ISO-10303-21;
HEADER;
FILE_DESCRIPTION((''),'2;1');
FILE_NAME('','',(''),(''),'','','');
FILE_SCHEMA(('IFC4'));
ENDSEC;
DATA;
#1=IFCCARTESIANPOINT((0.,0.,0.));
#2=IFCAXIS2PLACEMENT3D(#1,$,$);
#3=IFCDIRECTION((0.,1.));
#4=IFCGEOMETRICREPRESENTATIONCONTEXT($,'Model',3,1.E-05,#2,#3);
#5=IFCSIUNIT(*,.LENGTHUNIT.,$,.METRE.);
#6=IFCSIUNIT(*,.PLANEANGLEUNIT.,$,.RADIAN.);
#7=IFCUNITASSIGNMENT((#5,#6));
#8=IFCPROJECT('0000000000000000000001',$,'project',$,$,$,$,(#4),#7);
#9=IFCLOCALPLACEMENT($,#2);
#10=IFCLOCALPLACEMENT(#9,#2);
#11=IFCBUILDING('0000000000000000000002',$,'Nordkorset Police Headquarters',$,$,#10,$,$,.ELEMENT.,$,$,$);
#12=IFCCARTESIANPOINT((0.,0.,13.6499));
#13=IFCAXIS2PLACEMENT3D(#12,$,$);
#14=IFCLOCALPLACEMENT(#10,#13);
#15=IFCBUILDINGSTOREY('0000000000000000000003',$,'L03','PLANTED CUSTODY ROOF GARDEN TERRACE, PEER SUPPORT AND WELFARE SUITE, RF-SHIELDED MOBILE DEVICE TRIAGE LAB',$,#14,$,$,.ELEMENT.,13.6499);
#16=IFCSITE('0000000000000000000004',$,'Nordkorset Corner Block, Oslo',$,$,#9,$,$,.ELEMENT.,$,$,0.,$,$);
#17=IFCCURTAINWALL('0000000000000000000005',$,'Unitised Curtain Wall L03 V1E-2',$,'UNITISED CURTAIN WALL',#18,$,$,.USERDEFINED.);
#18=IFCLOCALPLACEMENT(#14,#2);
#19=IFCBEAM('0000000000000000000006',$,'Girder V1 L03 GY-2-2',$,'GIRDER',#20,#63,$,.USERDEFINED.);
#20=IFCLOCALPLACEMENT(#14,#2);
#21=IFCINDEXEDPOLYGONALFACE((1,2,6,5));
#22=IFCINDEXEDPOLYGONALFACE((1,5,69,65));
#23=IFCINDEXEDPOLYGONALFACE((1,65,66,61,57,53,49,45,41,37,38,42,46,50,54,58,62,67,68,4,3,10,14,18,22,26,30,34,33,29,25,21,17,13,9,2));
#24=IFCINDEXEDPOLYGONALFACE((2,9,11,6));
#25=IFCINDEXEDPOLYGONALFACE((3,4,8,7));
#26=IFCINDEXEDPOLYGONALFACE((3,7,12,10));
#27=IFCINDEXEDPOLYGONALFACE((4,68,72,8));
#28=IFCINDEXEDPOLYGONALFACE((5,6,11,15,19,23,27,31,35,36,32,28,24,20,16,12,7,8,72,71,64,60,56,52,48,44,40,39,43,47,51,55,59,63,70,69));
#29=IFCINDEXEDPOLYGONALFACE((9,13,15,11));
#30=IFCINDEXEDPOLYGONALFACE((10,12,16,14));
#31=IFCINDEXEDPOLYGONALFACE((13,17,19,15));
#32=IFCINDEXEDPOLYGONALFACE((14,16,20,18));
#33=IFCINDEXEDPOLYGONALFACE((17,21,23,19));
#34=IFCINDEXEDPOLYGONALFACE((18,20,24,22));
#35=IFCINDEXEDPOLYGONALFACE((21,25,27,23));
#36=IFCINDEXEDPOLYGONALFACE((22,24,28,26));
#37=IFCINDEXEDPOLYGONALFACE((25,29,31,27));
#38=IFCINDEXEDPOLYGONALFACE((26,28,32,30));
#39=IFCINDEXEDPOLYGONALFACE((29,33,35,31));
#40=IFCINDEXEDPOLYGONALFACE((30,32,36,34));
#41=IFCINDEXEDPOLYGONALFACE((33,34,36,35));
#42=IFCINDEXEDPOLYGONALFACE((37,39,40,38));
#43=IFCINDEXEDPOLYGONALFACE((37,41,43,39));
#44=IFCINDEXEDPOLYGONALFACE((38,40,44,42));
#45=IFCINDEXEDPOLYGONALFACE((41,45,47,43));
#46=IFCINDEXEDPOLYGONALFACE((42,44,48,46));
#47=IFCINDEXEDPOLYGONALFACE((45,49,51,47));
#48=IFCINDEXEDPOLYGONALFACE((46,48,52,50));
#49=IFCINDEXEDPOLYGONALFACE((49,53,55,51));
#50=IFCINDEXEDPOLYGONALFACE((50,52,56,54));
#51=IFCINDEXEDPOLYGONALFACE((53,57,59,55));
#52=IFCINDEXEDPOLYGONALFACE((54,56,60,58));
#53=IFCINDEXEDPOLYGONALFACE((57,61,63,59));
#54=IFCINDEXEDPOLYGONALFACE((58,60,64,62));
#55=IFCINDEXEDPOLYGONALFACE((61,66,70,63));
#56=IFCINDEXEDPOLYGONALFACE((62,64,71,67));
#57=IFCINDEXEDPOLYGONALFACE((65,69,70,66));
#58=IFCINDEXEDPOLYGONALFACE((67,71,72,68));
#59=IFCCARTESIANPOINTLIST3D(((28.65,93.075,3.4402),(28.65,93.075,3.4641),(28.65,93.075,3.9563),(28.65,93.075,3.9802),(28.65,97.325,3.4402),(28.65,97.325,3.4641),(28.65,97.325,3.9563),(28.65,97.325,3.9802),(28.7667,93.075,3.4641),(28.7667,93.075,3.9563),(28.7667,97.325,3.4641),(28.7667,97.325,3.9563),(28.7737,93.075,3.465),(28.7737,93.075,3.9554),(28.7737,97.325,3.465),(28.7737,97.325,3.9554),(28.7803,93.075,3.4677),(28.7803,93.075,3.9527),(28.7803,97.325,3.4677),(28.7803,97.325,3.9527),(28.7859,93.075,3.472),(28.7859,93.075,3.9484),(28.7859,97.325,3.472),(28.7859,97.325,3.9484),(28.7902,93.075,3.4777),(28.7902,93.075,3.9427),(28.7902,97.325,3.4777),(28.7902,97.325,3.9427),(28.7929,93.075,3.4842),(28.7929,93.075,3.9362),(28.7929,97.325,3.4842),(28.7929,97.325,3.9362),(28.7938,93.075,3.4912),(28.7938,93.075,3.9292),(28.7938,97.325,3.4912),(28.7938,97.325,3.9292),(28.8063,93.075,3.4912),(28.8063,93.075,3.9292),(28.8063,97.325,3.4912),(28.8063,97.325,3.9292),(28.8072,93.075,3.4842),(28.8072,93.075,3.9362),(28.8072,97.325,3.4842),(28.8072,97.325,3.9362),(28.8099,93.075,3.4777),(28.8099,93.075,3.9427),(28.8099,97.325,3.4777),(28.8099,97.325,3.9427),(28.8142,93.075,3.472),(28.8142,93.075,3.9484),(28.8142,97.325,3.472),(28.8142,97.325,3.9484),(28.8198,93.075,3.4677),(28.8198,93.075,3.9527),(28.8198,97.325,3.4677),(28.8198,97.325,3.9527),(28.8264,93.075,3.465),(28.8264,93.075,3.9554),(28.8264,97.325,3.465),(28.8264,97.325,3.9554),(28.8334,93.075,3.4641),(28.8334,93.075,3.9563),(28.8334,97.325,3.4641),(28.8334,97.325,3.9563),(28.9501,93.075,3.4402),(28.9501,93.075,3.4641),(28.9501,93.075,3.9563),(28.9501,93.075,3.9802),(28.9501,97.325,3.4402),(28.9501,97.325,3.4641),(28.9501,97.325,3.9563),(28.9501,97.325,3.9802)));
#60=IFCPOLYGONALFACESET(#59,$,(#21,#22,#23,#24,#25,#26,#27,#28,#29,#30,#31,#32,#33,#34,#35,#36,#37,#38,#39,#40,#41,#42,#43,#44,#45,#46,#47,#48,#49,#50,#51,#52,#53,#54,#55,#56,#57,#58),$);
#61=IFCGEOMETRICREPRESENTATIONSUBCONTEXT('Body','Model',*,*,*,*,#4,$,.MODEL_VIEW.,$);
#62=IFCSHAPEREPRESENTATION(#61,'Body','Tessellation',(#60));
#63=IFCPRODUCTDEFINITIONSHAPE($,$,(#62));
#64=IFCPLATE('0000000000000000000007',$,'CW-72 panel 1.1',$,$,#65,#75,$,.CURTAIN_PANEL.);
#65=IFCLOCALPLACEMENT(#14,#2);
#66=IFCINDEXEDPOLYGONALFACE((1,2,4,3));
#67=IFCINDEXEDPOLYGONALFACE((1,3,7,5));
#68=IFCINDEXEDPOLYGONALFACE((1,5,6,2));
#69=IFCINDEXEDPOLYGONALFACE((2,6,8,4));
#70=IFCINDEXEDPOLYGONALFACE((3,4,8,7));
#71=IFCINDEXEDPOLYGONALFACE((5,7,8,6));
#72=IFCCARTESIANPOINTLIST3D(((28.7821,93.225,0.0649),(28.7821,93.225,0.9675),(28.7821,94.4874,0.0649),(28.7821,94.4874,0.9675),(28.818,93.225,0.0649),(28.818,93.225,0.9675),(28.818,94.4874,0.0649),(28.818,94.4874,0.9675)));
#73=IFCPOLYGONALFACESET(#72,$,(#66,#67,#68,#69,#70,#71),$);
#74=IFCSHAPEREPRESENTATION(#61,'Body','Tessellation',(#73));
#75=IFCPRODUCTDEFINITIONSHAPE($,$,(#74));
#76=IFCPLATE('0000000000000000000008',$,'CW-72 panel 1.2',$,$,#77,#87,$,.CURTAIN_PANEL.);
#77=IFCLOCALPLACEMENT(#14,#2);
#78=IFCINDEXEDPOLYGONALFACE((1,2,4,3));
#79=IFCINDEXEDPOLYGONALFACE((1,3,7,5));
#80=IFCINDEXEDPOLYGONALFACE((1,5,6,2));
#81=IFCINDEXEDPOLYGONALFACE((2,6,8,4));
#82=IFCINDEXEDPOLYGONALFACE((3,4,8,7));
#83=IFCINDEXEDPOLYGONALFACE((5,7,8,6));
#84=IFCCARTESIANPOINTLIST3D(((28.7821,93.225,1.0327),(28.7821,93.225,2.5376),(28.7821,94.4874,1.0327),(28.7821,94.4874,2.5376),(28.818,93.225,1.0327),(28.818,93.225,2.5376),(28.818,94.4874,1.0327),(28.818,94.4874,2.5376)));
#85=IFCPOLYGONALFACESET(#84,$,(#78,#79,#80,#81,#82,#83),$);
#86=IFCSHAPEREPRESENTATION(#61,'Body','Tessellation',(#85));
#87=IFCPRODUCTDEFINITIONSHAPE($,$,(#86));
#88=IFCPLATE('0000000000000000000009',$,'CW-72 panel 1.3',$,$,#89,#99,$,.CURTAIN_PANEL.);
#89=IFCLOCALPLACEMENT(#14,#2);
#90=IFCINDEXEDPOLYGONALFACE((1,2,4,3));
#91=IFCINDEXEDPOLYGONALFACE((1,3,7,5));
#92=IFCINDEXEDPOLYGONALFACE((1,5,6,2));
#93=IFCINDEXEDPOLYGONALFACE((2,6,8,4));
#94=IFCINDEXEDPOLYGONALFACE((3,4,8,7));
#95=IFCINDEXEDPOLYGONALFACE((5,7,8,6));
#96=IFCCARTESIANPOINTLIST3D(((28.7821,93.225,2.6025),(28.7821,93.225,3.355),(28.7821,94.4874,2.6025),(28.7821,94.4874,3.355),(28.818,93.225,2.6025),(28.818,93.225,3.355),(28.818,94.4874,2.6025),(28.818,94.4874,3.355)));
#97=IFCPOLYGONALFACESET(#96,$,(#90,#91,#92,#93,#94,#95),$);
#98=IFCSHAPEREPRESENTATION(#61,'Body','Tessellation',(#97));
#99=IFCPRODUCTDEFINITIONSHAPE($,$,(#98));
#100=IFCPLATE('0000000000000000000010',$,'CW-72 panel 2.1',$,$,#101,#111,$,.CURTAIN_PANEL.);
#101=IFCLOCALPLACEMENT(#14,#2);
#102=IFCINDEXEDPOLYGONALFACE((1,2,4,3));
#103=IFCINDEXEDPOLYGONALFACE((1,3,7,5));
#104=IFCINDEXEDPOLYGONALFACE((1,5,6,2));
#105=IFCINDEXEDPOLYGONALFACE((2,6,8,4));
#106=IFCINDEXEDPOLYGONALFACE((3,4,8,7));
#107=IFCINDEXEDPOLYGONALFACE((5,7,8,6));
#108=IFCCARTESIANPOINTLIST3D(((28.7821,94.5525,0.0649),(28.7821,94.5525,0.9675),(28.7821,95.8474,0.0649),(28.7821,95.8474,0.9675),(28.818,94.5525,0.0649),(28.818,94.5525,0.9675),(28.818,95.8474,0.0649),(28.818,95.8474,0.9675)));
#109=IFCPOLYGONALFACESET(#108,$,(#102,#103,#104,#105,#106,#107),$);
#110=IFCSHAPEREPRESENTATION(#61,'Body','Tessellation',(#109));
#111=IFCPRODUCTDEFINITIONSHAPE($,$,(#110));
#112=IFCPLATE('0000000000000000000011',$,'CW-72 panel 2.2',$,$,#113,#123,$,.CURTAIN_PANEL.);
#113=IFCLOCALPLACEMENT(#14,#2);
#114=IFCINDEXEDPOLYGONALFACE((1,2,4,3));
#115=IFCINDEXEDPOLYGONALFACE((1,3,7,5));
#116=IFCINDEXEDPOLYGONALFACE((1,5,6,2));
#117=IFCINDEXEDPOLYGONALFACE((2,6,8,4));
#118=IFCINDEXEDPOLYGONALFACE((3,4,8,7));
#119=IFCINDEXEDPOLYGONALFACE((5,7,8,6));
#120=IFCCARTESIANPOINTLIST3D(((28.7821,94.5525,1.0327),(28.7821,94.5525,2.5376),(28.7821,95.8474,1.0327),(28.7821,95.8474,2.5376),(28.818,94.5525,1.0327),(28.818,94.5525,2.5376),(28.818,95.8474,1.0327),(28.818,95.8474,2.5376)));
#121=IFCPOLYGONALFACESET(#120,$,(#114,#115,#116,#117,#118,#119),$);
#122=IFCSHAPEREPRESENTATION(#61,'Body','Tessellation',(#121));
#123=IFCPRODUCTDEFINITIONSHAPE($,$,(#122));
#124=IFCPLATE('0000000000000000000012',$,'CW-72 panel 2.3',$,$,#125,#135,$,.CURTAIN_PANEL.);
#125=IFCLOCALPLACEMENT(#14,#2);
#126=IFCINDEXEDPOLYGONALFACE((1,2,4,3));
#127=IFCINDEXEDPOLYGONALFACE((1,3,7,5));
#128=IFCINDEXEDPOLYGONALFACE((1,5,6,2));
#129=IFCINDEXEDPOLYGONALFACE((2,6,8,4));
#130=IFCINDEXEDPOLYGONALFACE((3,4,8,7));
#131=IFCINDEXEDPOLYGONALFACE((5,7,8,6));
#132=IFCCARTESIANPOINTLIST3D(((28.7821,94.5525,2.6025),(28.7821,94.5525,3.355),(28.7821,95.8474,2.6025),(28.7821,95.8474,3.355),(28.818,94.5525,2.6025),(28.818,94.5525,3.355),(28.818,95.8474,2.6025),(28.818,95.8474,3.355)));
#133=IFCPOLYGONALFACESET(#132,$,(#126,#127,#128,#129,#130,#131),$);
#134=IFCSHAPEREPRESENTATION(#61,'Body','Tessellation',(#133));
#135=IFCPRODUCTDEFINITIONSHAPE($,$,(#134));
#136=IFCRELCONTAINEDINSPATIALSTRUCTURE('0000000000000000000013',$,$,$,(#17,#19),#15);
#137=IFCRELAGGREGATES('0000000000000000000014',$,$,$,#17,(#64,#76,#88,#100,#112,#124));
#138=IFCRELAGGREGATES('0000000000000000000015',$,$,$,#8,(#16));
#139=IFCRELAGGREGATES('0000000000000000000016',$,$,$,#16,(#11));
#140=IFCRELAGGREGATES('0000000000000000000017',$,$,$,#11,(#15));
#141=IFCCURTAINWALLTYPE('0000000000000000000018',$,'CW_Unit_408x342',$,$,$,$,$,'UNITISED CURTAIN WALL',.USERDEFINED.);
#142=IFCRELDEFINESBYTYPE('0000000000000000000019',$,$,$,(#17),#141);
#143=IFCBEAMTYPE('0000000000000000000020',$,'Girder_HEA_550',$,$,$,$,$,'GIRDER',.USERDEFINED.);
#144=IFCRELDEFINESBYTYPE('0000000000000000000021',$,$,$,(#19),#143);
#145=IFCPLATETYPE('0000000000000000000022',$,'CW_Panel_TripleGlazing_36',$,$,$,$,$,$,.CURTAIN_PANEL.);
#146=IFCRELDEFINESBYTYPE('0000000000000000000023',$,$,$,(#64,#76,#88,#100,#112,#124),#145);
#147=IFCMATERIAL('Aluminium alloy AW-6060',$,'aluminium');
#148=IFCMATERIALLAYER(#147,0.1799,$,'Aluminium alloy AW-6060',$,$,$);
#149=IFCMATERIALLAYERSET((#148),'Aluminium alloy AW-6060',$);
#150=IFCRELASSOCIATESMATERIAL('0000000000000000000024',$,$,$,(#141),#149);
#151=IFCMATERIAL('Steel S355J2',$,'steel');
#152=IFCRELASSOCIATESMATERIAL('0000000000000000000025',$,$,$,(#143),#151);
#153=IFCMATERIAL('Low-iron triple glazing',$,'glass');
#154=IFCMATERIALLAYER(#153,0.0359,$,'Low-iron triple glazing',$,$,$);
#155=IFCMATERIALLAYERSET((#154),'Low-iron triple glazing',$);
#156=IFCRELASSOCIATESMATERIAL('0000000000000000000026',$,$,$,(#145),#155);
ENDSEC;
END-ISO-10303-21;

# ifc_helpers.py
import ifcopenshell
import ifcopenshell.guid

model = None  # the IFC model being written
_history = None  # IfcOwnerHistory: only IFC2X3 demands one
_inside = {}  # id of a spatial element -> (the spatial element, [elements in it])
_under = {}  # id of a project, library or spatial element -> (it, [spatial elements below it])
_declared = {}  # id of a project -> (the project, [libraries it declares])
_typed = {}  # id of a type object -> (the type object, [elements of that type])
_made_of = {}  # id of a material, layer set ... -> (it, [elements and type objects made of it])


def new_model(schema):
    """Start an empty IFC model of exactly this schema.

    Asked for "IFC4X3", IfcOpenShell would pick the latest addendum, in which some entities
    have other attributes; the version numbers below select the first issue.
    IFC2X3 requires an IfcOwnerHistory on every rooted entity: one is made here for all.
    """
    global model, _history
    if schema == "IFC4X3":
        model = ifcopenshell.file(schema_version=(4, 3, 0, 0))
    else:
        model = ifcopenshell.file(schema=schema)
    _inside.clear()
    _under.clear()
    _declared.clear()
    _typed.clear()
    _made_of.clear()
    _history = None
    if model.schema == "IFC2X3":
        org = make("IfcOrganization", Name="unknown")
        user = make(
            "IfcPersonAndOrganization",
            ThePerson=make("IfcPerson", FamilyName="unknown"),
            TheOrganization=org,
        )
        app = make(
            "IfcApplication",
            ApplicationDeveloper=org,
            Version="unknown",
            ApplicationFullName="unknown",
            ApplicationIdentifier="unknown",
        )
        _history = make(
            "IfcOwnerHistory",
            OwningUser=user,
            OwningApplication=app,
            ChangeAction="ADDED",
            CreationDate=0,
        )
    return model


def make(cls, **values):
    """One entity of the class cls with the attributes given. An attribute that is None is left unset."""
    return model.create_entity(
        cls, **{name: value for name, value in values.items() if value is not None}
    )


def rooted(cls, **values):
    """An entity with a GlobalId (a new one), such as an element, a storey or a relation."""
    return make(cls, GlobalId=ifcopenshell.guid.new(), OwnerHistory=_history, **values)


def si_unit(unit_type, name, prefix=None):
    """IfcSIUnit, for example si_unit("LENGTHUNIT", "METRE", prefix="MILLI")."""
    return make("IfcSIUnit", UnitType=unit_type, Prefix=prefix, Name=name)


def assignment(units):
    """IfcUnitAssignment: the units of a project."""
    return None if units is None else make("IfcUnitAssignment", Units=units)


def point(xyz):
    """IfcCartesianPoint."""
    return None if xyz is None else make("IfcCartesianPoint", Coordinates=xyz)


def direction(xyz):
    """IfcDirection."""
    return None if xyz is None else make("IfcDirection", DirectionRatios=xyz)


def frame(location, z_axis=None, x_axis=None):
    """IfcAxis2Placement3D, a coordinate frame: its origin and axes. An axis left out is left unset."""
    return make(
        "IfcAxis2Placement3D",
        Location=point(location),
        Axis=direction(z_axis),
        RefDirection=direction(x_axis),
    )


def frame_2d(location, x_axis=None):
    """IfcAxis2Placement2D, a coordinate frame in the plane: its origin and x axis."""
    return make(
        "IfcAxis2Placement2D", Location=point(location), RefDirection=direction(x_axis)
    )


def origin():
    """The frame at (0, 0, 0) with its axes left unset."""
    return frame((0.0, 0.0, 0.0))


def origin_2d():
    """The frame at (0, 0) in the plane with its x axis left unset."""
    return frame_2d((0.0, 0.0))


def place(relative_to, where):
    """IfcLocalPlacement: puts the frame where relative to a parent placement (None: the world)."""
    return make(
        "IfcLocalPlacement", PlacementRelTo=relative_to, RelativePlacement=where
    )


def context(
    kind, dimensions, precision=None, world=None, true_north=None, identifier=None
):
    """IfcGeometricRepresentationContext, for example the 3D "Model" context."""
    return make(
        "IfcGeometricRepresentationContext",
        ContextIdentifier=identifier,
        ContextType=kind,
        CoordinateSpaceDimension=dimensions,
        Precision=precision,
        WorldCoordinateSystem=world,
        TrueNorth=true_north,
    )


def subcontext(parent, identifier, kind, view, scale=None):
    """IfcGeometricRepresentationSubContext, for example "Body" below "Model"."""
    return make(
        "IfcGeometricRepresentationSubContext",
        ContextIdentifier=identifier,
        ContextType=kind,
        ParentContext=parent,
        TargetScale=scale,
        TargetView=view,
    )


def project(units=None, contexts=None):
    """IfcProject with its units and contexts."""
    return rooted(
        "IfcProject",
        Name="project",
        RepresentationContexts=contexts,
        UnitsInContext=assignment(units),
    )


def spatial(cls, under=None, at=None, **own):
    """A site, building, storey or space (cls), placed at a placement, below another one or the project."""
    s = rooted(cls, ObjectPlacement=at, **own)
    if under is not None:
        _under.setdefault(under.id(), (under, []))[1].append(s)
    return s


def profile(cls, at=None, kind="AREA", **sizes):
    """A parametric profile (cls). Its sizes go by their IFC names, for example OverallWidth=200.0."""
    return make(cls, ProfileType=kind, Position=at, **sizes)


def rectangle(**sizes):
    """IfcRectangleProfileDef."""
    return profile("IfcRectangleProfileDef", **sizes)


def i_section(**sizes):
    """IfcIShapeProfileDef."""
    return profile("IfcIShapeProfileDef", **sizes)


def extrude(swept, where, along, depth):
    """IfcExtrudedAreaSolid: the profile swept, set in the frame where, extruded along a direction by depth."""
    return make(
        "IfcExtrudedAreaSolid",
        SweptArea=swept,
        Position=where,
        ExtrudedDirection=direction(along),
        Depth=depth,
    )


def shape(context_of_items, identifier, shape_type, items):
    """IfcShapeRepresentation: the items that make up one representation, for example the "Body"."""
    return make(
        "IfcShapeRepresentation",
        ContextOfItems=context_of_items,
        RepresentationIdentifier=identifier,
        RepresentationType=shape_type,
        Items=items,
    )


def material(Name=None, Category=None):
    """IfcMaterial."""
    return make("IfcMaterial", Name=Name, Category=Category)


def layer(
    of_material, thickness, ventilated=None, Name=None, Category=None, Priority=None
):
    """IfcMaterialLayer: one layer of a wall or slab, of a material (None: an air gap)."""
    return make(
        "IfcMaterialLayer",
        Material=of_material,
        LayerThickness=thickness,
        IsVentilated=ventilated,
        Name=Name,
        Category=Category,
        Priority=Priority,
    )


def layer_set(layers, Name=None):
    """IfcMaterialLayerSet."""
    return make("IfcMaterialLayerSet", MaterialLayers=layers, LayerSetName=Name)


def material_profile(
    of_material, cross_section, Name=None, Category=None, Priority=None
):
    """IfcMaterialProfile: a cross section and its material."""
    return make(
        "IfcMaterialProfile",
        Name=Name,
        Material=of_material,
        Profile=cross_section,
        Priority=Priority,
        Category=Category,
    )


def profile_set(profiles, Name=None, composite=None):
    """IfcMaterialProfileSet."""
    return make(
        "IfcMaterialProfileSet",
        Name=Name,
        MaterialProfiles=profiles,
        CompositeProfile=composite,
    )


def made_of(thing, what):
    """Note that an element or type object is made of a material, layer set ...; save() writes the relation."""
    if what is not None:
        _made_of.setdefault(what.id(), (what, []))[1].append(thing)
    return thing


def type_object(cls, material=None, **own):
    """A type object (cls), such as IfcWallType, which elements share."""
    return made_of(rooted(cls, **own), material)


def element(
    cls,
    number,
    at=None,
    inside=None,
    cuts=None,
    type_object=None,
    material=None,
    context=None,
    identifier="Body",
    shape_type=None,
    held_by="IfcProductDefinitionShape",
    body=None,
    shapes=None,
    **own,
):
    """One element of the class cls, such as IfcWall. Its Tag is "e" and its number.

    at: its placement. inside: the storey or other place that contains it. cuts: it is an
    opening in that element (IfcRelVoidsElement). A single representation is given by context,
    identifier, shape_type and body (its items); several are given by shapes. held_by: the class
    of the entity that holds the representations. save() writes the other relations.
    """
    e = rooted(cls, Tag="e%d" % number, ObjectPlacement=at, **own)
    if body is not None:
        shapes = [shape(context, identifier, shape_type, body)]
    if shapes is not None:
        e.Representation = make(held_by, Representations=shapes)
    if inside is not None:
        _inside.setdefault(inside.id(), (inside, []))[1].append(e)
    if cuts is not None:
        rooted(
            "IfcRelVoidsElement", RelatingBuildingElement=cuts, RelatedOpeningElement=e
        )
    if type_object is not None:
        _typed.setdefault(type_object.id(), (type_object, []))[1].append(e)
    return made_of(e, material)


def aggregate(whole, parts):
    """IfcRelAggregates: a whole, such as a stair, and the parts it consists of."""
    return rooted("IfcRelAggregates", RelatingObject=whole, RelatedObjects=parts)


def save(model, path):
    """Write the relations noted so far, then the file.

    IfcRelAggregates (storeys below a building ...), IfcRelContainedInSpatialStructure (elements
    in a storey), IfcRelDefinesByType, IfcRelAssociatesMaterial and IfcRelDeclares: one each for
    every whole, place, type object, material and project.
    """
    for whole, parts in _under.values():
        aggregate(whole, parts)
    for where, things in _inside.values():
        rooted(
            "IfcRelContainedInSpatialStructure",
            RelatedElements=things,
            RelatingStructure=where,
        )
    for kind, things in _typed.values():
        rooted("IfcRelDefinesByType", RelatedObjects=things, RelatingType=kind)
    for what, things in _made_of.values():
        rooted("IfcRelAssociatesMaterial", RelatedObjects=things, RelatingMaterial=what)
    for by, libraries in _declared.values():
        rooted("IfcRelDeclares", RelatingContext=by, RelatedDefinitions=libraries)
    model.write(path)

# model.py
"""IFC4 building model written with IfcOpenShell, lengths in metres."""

from ifc_helpers import new_model, si_unit, direction, frame, origin, origin_2d, place, context, subcontext, project, spatial, rectangle, i_section, extrude, material, layer, layer_set, material_profile, profile_set, type_object, element, aggregate, save


model = new_model("IFC4")

# Units and contexts
model_context = context("Model", 3, precision=1e-05, world=origin(), true_north=direction((0.0, 1.0)))
body_context = subcontext(model_context, "Body", "Model", "MODEL_VIEW")
ifc_project = project(units=[si_unit("LENGTHUNIT", "METRE"), si_unit("PLANEANGLEUNIT", "RADIAN")], contexts=[model_context])

# Site, building, storey
site_placement = place(None, origin())
site = spatial("IfcSite", under=ifc_project, at=site_placement, Name="Nordkorset Corner Block, Oslo", CompositionType="ELEMENT", RefElevation=0.0)
building_placement = place(site_placement, origin())
building = spatial("IfcBuilding", under=site, at=building_placement, Name="Nordkorset Police Headquarters", CompositionType="ELEMENT")
storey_placement = place(building_placement, frame((0.0, 0.0, 13.6499)))
storey = spatial("IfcBuildingStorey", under=building, at=storey_placement, Name="L03", Description="PLANTED CUSTODY ROOF GARDEN TERRACE, PEER SUPPORT AND WELFARE SUITE, RF-SHIELDED MOBILE DEVICE TRIAGE LAB", CompositionType="ELEMENT", Elevation=13.6499)

# Curtain wall
ifc_material_1 = material(Name="Aluminium alloy AW-6060", Category="aluminium")
ifc_layer_1 = layer(ifc_material_1, 0.1799, Name="Aluminium alloy AW-6060")
ifc_layer_set_1 = layer_set([ifc_layer_1], Name="Aluminium alloy AW-6060")
curtain_wall_type = type_object("IfcCurtainWallType", Name="CW_Unit_408x342", ElementType="UNITISED CURTAIN WALL", PredefinedType="USERDEFINED", material=ifc_layer_set_1)
curtain_wall_placement = place(storey_placement, origin())
curtain_wall = element("IfcCurtainWall", 1, at=curtain_wall_placement, inside=storey, type_object=curtain_wall_type, Name="Unitised Curtain Wall L03 V1E-2", ObjectType="UNITISED CURTAIN WALL", PredefinedType="USERDEFINED")

# Beam
ifc_material_2 = material(Name="Steel S355J2", Category="steel")
ifc_material_profile_1 = material_profile(ifc_material_2, i_section(OverallWidth=0.3, OverallDepth=0.54, WebThickness=0.0125, FlangeThickness=0.0239, FilletRadius=0.0271, at=origin_2d()), Name="HEA 550")
ifc_profile_set_1 = profile_set([ifc_material_profile_1], Name="Steel S355J2")
beam_type = type_object("IfcBeamType", Name="Girder_HEA_550", ElementType="GIRDER", PredefinedType="USERDEFINED", material=ifc_profile_set_1)
beam_placement = place(storey_placement, frame((28.8, 93.075, 3.7102), z_axis=(0.0, 1.0, 0.0), x_axis=(-1.0, 0.0, 0.0)))
element("IfcBeam", 2, at=beam_placement, inside=storey, type_object=beam_type, Name="Girder V1 L03 GY-2-2", ObjectType="GIRDER", PredefinedType="USERDEFINED", context=body_context, shape_type="SweptSolid", body=[
    extrude(i_section(OverallWidth=0.3, OverallDepth=0.54, WebThickness=0.0125, FlangeThickness=0.0239, FilletRadius=0.0271, at=origin_2d()), origin(), (0.0, 0.0, 1.0), 4.25),
])

# Plates
ifc_material_3 = material(Name="Low-iron triple glazing", Category="glass")
ifc_layer_2 = layer(ifc_material_3, 0.0359, Name="Low-iron triple glazing")
ifc_layer_set_2 = layer_set([ifc_layer_2], Name="Low-iron triple glazing")
plate_type = type_object("IfcPlateType", Name="CW_Panel_TripleGlazing_36", PredefinedType="CURTAIN_PANEL", material=ifc_layer_set_2)
plate_1_placement = place(storey_placement, frame((28.8, 93.8562, 0.0649), z_axis=(0.0, 0.0, 1.0), x_axis=(0.0, 1.0, 0.0)))
plate_1 = element("IfcPlate", 3, at=plate_1_placement, type_object=plate_type, Name="CW-72 panel 1.1", PredefinedType="CURTAIN_PANEL", context=body_context, shape_type="SweptSolid", body=[
    extrude(rectangle(XDim=1.2625, YDim=0.0359, at=origin_2d()), origin(), (0.0, 0.0, 1.0), 0.9026),
])
plate_2_placement = place(storey_placement, frame((28.8, 93.8562, 1.0327), z_axis=(0.0, 0.0, 1.0), x_axis=(0.0, 1.0, 0.0)))
plate_2 = element("IfcPlate", 4, at=plate_2_placement, type_object=plate_type, Name="CW-72 panel 1.2", PredefinedType="CURTAIN_PANEL", context=body_context, shape_type="SweptSolid", body=[
    extrude(rectangle(XDim=1.2625, YDim=0.0359, at=origin_2d()), origin(), (0.0, 0.0, 1.0), 1.5049),
])
plate_3_placement = place(storey_placement, frame((28.8, 93.8562, 2.6025), z_axis=(0.0, 0.0, 1.0), x_axis=(0.0, 1.0, 0.0)))
plate_3 = element("IfcPlate", 5, at=plate_3_placement, type_object=plate_type, Name="CW-72 panel 1.3", PredefinedType="CURTAIN_PANEL", context=body_context, shape_type="SweptSolid", body=[
    extrude(rectangle(XDim=1.2625, YDim=0.0359, at=origin_2d()), origin(), (0.0, 0.0, 1.0), 0.7524),
])
plate_4_placement = place(storey_placement, frame((28.8, 95.2, 0.0649), z_axis=(0.0, 0.0, 1.0), x_axis=(0.0, 1.0, 0.0)))
plate_4 = element("IfcPlate", 6, at=plate_4_placement, type_object=plate_type, Name="CW-72 panel 2.1", PredefinedType="CURTAIN_PANEL", context=body_context, shape_type="SweptSolid", body=[
    extrude(rectangle(XDim=1.2949, YDim=0.0359, at=origin_2d()), origin(), (0.0, 0.0, 1.0), 0.9026),
])
plate_5_placement = place(storey_placement, frame((28.8, 95.2, 1.0327), z_axis=(0.0, 0.0, 1.0), x_axis=(0.0, 1.0, 0.0)))
plate_5 = element("IfcPlate", 7, at=plate_5_placement, type_object=plate_type, Name="CW-72 panel 2.2", PredefinedType="CURTAIN_PANEL", context=body_context, shape_type="SweptSolid", body=[
    extrude(rectangle(XDim=1.2949, YDim=0.0359, at=origin_2d()), origin(), (0.0, 0.0, 1.0), 1.5049),
])
plate_6_placement = place(storey_placement, frame((28.8, 95.2, 2.6025), z_axis=(0.0, 0.0, 1.0), x_axis=(0.0, 1.0, 0.0)))
plate_6 = element("IfcPlate", 8, at=plate_6_placement, type_object=plate_type, Name="CW-72 panel 2.3", PredefinedType="CURTAIN_PANEL", context=body_context, shape_type="SweptSolid", body=[
    extrude(rectangle(XDim=1.2949, YDim=0.0359, at=origin_2d()), origin(), (0.0, 0.0, 1.0), 0.7524),
])
aggregate(curtain_wall, [plate_1, plate_2, plate_3, plate_4, plate_5, plate_6])

save(model, "model.ifc")
